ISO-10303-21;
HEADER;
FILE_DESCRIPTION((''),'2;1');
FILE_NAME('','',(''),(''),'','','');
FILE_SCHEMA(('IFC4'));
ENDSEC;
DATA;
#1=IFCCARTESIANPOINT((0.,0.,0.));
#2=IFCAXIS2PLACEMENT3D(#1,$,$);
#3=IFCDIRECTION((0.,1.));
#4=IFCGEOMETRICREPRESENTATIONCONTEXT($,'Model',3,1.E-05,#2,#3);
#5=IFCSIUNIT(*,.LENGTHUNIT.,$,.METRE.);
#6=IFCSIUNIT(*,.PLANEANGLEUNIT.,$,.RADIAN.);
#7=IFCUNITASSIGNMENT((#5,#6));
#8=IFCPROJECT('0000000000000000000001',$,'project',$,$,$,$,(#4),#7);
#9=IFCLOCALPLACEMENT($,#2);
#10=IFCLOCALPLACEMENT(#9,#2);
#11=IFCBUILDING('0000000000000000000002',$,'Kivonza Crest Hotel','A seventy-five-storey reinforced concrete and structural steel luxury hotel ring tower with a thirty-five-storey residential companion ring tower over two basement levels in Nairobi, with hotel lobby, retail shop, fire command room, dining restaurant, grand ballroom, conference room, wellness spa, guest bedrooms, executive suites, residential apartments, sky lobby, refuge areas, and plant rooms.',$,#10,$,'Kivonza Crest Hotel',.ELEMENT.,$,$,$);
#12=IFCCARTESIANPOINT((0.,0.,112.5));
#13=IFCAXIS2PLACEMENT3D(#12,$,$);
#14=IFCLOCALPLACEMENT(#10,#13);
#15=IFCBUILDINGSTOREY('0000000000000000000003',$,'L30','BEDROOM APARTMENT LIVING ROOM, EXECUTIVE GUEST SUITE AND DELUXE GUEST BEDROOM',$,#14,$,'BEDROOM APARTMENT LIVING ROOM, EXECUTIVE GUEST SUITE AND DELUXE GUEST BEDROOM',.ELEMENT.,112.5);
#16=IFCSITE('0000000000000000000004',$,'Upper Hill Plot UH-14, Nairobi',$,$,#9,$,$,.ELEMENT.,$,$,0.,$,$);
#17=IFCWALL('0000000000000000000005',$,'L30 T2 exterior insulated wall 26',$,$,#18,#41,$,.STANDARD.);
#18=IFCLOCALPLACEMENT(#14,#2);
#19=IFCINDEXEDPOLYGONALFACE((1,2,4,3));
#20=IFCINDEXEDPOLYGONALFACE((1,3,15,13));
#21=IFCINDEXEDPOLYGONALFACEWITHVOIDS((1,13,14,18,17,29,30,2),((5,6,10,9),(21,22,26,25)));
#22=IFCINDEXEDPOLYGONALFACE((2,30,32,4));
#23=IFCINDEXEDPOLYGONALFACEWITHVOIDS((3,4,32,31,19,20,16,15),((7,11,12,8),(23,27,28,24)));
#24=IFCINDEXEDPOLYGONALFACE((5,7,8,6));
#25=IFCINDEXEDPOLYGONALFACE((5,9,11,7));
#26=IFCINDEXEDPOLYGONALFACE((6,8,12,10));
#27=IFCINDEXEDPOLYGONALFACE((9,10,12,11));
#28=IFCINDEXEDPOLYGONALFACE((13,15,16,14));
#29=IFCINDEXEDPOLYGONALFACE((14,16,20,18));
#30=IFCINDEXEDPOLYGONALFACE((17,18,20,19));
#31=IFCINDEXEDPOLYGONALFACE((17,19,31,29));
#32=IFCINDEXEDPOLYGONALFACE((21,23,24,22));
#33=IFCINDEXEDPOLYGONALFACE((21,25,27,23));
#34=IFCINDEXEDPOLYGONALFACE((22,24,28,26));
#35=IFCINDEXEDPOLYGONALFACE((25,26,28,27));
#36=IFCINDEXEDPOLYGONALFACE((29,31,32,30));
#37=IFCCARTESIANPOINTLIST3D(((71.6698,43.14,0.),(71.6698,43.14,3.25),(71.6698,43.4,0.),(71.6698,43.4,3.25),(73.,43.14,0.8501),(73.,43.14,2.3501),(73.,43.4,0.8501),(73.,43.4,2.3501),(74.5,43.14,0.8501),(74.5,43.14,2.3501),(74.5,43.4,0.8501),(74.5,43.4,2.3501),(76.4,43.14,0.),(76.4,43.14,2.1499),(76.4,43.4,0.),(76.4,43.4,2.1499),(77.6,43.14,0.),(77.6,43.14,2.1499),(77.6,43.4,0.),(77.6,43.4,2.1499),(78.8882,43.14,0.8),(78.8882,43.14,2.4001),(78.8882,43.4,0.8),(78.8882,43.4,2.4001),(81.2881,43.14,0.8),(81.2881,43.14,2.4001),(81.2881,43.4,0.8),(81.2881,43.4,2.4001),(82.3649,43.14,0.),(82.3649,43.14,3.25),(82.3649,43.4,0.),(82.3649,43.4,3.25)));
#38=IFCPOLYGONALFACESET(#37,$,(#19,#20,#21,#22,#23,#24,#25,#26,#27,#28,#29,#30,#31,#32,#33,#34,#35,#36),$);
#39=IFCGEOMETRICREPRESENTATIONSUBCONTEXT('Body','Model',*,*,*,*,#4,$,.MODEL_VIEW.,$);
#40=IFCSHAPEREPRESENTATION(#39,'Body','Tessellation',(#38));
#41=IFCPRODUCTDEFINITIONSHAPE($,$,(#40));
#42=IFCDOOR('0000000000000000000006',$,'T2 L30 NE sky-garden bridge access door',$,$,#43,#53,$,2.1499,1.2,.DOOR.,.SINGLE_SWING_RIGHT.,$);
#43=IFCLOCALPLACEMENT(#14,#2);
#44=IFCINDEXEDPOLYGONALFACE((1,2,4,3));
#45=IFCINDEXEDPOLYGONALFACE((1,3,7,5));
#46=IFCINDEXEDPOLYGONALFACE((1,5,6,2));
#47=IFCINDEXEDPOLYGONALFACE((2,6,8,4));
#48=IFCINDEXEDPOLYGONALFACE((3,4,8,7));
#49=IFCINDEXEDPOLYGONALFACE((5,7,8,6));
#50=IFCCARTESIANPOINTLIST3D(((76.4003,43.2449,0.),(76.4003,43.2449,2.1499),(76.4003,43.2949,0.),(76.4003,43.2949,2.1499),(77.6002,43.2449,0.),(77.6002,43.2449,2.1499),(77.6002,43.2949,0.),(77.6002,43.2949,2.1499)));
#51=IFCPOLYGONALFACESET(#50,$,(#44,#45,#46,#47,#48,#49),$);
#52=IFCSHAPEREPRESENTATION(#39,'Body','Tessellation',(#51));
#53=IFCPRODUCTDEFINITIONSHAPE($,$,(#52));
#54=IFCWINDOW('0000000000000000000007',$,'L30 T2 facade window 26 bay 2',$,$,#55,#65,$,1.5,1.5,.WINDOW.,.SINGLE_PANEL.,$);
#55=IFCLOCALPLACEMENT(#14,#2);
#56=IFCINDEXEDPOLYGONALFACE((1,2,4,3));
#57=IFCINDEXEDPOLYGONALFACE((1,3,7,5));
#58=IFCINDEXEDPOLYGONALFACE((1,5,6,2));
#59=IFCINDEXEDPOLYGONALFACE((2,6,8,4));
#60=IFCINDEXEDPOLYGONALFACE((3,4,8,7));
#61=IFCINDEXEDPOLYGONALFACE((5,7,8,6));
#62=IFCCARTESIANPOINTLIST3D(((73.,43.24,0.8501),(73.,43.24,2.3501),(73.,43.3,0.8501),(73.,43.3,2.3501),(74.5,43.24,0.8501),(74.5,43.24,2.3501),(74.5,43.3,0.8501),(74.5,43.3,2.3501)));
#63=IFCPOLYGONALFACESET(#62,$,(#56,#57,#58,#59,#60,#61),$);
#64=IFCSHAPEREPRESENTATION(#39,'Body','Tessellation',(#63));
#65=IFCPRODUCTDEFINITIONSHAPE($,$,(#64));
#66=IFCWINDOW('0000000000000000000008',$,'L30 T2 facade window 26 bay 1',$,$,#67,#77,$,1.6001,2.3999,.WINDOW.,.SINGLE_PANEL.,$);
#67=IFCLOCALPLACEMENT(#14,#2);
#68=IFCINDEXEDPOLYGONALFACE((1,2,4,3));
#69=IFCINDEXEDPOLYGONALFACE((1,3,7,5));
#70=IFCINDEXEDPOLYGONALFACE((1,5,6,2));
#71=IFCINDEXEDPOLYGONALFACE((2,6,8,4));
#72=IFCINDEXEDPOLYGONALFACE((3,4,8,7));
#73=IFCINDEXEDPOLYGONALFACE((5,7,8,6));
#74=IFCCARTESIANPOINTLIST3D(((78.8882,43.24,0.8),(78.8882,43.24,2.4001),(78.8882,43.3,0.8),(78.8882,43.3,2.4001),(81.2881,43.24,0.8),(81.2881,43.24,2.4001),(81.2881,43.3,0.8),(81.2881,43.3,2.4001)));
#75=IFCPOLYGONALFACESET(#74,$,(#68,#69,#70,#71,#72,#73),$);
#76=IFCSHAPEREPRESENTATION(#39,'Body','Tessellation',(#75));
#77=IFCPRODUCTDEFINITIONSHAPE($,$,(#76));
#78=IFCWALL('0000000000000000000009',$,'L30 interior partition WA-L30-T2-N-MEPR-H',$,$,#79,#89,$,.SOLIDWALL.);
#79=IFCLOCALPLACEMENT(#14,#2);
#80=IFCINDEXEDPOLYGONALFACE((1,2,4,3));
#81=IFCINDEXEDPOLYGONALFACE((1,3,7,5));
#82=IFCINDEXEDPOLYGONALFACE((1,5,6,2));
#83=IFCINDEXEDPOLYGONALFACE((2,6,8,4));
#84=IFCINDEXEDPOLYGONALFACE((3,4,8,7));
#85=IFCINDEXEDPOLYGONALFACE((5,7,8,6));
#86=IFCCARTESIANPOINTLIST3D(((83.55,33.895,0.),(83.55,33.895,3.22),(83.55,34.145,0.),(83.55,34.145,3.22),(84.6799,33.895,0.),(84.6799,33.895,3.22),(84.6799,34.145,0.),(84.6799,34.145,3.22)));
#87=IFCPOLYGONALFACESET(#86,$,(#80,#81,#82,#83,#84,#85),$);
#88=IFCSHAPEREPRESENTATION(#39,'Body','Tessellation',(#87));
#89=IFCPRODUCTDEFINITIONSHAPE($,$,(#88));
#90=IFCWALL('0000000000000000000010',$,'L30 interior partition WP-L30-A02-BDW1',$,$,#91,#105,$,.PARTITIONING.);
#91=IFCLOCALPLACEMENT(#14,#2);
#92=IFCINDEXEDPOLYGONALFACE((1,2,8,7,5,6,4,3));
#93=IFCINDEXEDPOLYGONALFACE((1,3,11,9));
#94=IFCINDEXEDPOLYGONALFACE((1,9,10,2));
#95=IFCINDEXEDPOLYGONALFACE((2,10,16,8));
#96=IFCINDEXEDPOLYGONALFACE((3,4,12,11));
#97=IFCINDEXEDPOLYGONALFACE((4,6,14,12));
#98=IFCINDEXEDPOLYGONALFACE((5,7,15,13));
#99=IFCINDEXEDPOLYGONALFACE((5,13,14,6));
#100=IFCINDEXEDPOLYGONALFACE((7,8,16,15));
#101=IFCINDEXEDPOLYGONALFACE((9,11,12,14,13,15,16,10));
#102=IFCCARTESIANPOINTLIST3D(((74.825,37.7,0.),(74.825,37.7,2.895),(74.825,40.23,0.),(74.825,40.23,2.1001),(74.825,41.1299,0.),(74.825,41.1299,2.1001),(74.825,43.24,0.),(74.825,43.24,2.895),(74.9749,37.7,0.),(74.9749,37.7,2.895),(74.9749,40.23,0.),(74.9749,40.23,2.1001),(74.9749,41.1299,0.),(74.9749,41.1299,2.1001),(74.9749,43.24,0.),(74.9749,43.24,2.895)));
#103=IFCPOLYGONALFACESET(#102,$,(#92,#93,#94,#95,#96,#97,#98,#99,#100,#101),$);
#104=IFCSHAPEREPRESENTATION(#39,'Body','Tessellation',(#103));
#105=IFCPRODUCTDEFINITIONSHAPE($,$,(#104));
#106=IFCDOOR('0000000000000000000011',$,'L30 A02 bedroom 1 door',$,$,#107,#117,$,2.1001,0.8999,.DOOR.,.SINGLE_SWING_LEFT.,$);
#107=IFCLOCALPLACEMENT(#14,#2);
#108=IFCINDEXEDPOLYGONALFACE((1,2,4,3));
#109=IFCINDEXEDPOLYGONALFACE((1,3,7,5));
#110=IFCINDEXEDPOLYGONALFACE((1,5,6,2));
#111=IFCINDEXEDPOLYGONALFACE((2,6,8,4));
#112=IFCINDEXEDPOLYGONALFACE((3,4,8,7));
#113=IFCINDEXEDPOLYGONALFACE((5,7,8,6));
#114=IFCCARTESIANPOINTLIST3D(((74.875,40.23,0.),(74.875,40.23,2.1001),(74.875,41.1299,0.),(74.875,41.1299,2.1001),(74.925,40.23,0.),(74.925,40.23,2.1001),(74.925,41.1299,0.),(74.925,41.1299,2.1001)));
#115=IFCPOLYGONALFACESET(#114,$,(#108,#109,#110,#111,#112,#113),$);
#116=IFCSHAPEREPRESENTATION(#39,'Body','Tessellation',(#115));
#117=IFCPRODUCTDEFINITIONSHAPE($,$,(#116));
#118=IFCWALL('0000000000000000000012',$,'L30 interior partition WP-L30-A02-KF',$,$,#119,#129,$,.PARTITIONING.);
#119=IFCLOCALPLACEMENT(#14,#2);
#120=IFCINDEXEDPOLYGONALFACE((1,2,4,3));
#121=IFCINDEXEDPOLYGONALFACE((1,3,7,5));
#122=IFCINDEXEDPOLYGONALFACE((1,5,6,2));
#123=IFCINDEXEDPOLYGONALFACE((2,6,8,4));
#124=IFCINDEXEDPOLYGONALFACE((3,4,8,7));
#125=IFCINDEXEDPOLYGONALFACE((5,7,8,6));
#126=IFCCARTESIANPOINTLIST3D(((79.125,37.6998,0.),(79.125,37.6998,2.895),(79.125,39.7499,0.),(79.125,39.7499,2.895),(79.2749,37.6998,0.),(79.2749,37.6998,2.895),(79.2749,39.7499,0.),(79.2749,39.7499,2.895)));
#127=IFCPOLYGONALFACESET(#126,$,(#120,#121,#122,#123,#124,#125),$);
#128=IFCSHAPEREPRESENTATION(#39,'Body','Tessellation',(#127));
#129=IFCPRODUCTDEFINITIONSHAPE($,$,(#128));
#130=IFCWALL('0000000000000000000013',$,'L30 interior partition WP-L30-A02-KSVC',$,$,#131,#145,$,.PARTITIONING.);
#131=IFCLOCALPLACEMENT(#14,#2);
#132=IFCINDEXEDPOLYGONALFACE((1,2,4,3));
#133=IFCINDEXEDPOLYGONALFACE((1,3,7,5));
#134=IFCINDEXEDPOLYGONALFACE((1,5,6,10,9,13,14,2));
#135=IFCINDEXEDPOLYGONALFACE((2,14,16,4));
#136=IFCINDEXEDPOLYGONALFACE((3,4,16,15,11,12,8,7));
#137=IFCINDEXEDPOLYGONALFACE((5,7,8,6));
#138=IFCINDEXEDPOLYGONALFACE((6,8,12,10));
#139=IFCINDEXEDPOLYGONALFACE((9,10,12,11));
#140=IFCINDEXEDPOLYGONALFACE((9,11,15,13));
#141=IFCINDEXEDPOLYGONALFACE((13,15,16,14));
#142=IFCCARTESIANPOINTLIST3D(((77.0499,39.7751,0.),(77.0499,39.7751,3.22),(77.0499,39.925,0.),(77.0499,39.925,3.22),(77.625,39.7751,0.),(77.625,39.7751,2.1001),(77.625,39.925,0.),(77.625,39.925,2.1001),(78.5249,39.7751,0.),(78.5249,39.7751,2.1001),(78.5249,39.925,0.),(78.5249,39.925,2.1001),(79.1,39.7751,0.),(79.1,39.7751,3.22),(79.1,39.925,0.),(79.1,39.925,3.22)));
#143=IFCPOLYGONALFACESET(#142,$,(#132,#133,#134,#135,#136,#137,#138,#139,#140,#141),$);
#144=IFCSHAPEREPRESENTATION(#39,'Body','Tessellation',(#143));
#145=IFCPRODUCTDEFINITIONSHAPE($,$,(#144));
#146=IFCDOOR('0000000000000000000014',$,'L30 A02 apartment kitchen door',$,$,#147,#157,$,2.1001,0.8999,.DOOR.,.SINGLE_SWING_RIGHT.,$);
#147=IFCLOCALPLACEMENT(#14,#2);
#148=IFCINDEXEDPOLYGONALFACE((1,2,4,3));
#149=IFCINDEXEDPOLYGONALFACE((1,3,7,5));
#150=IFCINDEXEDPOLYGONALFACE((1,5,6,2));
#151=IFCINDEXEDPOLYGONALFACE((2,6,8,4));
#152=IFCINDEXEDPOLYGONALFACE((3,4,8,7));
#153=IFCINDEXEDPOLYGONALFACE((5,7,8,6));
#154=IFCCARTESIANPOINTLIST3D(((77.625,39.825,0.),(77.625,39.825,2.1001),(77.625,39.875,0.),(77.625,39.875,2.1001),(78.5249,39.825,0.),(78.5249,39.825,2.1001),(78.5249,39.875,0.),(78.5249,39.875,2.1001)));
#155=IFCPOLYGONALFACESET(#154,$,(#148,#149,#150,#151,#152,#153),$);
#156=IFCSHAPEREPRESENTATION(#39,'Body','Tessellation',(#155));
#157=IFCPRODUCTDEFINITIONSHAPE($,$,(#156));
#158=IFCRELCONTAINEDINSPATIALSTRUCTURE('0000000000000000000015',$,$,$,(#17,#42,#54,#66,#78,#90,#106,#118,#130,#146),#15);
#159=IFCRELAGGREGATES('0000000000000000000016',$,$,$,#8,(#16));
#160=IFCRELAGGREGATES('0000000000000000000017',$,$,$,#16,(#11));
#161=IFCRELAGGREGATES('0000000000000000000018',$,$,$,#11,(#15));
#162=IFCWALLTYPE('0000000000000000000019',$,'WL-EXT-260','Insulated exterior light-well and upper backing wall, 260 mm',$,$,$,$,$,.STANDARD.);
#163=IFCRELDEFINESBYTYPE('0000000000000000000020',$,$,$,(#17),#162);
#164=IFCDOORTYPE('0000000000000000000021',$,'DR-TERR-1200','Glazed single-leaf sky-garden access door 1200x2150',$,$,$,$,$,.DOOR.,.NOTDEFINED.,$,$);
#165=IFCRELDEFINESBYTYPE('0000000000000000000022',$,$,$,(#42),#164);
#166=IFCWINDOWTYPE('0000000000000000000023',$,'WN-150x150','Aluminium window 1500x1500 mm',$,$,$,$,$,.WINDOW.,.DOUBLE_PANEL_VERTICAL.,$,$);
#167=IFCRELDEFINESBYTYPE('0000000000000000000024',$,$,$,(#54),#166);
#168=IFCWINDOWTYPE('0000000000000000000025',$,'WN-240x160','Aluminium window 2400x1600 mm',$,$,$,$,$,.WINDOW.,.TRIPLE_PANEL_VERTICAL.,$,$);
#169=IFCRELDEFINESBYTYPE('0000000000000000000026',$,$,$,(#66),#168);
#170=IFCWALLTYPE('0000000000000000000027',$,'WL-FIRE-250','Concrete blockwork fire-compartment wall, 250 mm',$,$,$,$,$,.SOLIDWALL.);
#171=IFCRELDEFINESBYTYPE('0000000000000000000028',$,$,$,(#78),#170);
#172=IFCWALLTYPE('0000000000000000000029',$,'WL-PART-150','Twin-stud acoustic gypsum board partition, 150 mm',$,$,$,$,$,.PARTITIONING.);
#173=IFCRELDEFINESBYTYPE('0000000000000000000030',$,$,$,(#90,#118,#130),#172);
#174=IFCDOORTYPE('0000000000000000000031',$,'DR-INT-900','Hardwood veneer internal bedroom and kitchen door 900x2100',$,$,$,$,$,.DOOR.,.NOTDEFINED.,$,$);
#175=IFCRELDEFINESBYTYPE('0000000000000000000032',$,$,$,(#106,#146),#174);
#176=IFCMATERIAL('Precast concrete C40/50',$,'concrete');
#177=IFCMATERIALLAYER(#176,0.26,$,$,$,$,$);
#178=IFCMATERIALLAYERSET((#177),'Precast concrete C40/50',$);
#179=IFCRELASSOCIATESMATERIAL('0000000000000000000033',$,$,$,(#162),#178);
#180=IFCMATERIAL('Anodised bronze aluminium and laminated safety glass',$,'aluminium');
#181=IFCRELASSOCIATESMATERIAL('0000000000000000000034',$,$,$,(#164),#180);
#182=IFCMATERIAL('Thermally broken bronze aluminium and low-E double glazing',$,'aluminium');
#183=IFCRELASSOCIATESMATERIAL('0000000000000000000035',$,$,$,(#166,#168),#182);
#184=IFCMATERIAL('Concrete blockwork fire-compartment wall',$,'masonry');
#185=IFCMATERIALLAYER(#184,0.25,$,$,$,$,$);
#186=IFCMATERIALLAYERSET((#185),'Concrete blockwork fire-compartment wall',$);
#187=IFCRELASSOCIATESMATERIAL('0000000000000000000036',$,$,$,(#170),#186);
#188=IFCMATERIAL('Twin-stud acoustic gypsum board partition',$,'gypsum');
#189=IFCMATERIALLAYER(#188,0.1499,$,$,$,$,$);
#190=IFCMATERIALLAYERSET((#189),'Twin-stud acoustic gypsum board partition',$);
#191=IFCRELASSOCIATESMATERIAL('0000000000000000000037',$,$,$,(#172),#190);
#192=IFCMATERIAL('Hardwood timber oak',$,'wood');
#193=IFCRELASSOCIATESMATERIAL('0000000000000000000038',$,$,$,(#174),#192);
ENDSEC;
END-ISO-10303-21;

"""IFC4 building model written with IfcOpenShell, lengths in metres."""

from ifc_helpers import new_model, si_unit, direction, frame, frame_2d, origin, place, context, subcontext, project, spatial, rectangle, extrude, material, layer, layer_set, type_object, element, fill, save


model = new_model("IFC4")

# Units and contexts
model_context = context("Model", 3, precision=1e-05, world=origin(), true_north=direction((0.0, 1.0)))
body_context = subcontext(model_context, "Body", "Model", "MODEL_VIEW")
ifc_project = project(units=[si_unit("LENGTHUNIT", "METRE"), si_unit("PLANEANGLEUNIT", "RADIAN")], contexts=[model_context])

# Site, building, storey
site_placement = place(None, origin())
site = spatial("IfcSite", under=ifc_project, at=site_placement, Name="Upper Hill Plot UH-14, Nairobi", CompositionType="ELEMENT", RefElevation=0.0)
building_placement = place(site_placement, origin())
building = spatial("IfcBuilding", under=site, at=building_placement, Name="Kivonza Crest Hotel", Description="A seventy-five-storey reinforced concrete and structural steel luxury hotel ring tower with a thirty-five-storey residential companion ring tower over two basement levels in Nairobi, with hotel lobby, retail shop, fire command room, dining restaurant, grand ballroom, conference room, wellness spa, guest bedrooms, executive suites, residential apartments, sky lobby, refuge areas, and plant rooms.", LongName="Kivonza Crest Hotel", CompositionType="ELEMENT")
storey_placement = place(building_placement, frame((0.0, 0.0, 112.5)))
storey = spatial("IfcBuildingStorey", under=building, at=storey_placement, Name="L30", Description="BEDROOM APARTMENT LIVING ROOM, EXECUTIVE GUEST SUITE AND DELUXE GUEST BEDROOM", LongName="BEDROOM APARTMENT LIVING ROOM, EXECUTIVE GUEST SUITE AND DELUXE GUEST BEDROOM", CompositionType="ELEMENT", Elevation=112.5)

# Shared definitions
ifc_material_1 = material(Name="Hardwood timber oak", Category="wood")

# Wall, openings, door, windows
ifc_material_2 = material(Name="Precast concrete C40/50", Category="concrete")
ifc_layer_1 = layer(ifc_material_2, 0.26)
ifc_layer_set_1 = layer_set([ifc_layer_1], Name="Precast concrete C40/50")
wall_type_1 = type_object("IfcWallType", Name="WL-EXT-260", Description="Insulated exterior light-well and upper backing wall, 260 mm", PredefinedType="STANDARD", material=ifc_layer_set_1)
wall_1_placement = place(storey_placement, frame((82.365, 43.27, 0.0), z_axis=(0.0, 0.0, 1.0), x_axis=(-1.0, 0.0, 0.0)))
wall_1 = element("IfcWall", 1, at=wall_1_placement, inside=storey, type_object=wall_type_1, Name="L30 T2 exterior insulated wall 26", PredefinedType="STANDARD", context=body_context, shape_type="SweptSolid", body=[
    extrude(rectangle(XDim=10.6951, YDim=0.26, at=frame_2d((5.3477, 0.0))), origin(), (0.0, 0.0, 1.0), 3.25),
])
opening_1_placement = place(wall_1_placement, frame((4.7649, 0.0, 0.0)))
opening_1 = element("IfcOpeningElement", 2, at=opening_1_placement, cuts=wall_1, PredefinedType="OPENING", context=body_context, shape_type="SweptSolid", body=[
    extrude(rectangle(XDim=1.2, YDim=2.1499, at=frame_2d((0.6001, 1.075))), frame((0.0, 0.1401, 0.0), z_axis=(0.0, -1.0, 0.0), x_axis=(1.0, 0.0, 0.0)), (0.0, 0.0, 1.0), 0.28),
])
opening_2_placement = place(wall_1_placement, frame((1.0769, 0.0, 0.8)))
opening_2 = element("IfcOpeningElement", 3, at=opening_2_placement, cuts=wall_1, PredefinedType="OPENING", context=body_context, shape_type="SweptSolid", body=[
    extrude(rectangle(XDim=2.3999, YDim=1.6001, at=frame_2d((1.2, 0.8))), frame((0.0, 0.1401, 0.0), z_axis=(0.0, -1.0, 0.0), x_axis=(1.0, 0.0, 0.0)), (0.0, 0.0, 1.0), 0.28),
])
opening_3_placement = place(wall_1_placement, frame((7.865, 0.0, 0.8501)))
opening_3 = element("IfcOpeningElement", 4, at=opening_3_placement, cuts=wall_1, PredefinedType="OPENING", context=body_context, shape_type="SweptSolid", body=[
    extrude(rectangle(XDim=1.5, YDim=1.5, at=frame_2d((0.75, 0.75))), frame((0.0, 0.1401, 0.0), z_axis=(0.0, -1.0, 0.0), x_axis=(1.0, 0.0, 0.0)), (0.0, 0.0, 1.0), 0.28),
])
ifc_material_3 = material(Name="Anodised bronze aluminium and laminated safety glass", Category="aluminium")
door_type_1 = type_object("IfcDoorType", Name="DR-TERR-1200", Description="Glazed single-leaf sky-garden access door 1200x2150", OperationType="NOTDEFINED", PredefinedType="DOOR", material=ifc_material_3)
door_1_placement = place(opening_1_placement, frame((1.2, 0.0, 0.0), z_axis=(0.0, 0.0, 1.0), x_axis=(-1.0, 0.0, 0.0)))
door_1 = element("IfcDoor", 5, at=door_1_placement, inside=storey, type_object=door_type_1, Name="T2 L30 NE sky-garden bridge access door", OperationType="SINGLE_SWING_RIGHT", OverallHeight=2.1499, OverallWidth=1.2, PredefinedType="DOOR", context=body_context, shape_type="SweptSolid", body=[
    extrude(rectangle(XDim=1.2, YDim=2.1499, at=frame_2d((0.6001, 1.075))), frame((0.0, 0.0249, 0.0), z_axis=(0.0, -1.0, 0.0), x_axis=(1.0, 0.0, 0.0)), (0.0, 0.0, 1.0), 0.05),
])
fill(opening_1, door_1)
ifc_material_4 = material(Name="Thermally broken bronze aluminium and low-E double glazing", Category="aluminium")
window_type_1 = type_object("IfcWindowType", Name="WN-150x150", Description="Aluminium window 1500x1500 mm", PartitioningType="DOUBLE_PANEL_VERTICAL", PredefinedType="WINDOW", material=ifc_material_4)
window_1_placement = place(opening_3_placement, origin())
window_1 = element("IfcWindow", 6, at=window_1_placement, inside=storey, type_object=window_type_1, Name="L30 T2 facade window 26 bay 2", OverallHeight=1.5, OverallWidth=1.5, PartitioningType="SINGLE_PANEL", PredefinedType="WINDOW", context=body_context, shape_type="SweptSolid", body=[
    extrude(rectangle(XDim=1.5, YDim=1.5, at=frame_2d((0.75, 0.75))), frame((0.0, 0.03, 0.0), z_axis=(0.0, -1.0, 0.0), x_axis=(1.0, 0.0, 0.0)), (0.0, 0.0, 1.0), 0.0601),
])
fill(opening_3, window_1)
window_type_2 = type_object("IfcWindowType", Name="WN-240x160", Description="Aluminium window 2400x1600 mm", PartitioningType="TRIPLE_PANEL_VERTICAL", PredefinedType="WINDOW", material=ifc_material_4)
window_2_placement = place(opening_2_placement, origin())
window_2 = element("IfcWindow", 7, at=window_2_placement, inside=storey, type_object=window_type_2, Name="L30 T2 facade window 26 bay 1", OverallHeight=1.6001, OverallWidth=2.3999, PartitioningType="SINGLE_PANEL", PredefinedType="WINDOW", context=body_context, shape_type="SweptSolid", body=[
    extrude(rectangle(XDim=2.3999, YDim=1.6001, at=frame_2d((1.2, 0.8))), frame((0.0, 0.03, 0.0), z_axis=(0.0, -1.0, 0.0), x_axis=(1.0, 0.0, 0.0)), (0.0, 0.0, 1.0), 0.0601),
])
fill(opening_2, window_2)

# Wall
ifc_material_5 = material(Name="Concrete blockwork fire-compartment wall", Category="masonry")
ifc_layer_2 = layer(ifc_material_5, 0.25)
ifc_layer_set_2 = layer_set([ifc_layer_2], Name="Concrete blockwork fire-compartment wall")
wall_type_2 = type_object("IfcWallType", Name="WL-FIRE-250", Description="Concrete blockwork fire-compartment wall, 250 mm", PredefinedType="SOLIDWALL", material=ifc_layer_set_2)
wall_2_placement = place(storey_placement, frame((83.55, 34.02, 0.0), z_axis=(0.0, 0.0, 1.0), x_axis=(1.0, 0.0, 0.0)))
element("IfcWall", 8, at=wall_2_placement, inside=storey, type_object=wall_type_2, Name="L30 interior partition WA-L30-T2-N-MEPR-H", PredefinedType="SOLIDWALL", context=body_context, shape_type="SweptSolid", body=[
    extrude(rectangle(XDim=1.1299, YDim=0.25, at=frame_2d((0.5649, 0.0))), origin(), (0.0, 0.0, 1.0), 3.22),
])

# Wall, opening, door
ifc_material_6 = material(Name="Twin-stud acoustic gypsum board partition", Category="gypsum")
ifc_layer_3 = layer(ifc_material_6, 0.1499)
ifc_layer_set_3 = layer_set([ifc_layer_3], Name="Twin-stud acoustic gypsum board partition")
wall_type_3 = type_object("IfcWallType", Name="WL-PART-150", Description="Twin-stud acoustic gypsum board partition, 150 mm", PredefinedType="PARTITIONING", material=ifc_layer_set_3)
wall_3_placement = place(storey_placement, frame((74.8999, 37.7, 0.0), z_axis=(0.0, 0.0, 1.0), x_axis=(0.0, 1.0, 0.0)))
wall_3 = element("IfcWall", 9, at=wall_3_placement, inside=storey, type_object=wall_type_3, Name="L30 interior partition WP-L30-A02-BDW1", PredefinedType="PARTITIONING", context=body_context, shape_type="SweptSolid", body=[
    extrude(rectangle(XDim=5.54, YDim=0.1499, at=frame_2d((2.77, 0.0))), origin(), (0.0, 0.0, 1.0), 2.895),
])
opening_4_placement = place(wall_3_placement, frame((2.53, 0.0, 0.0)))
opening_4 = element("IfcOpeningElement", 10, at=opening_4_placement, cuts=wall_3, PredefinedType="OPENING", context=body_context, shape_type="SweptSolid", body=[
    extrude(rectangle(XDim=0.8999, YDim=2.1001, at=frame_2d((0.45, 1.05))), frame((0.0, 0.085, 0.0), z_axis=(0.0, -1.0, 0.0), x_axis=(1.0, 0.0, 0.0)), (0.0, 0.0, 1.0), 0.1699),
])
door_type_2 = type_object("IfcDoorType", Name="DR-INT-900", Description="Hardwood veneer internal bedroom and kitchen door 900x2100", OperationType="NOTDEFINED", PredefinedType="DOOR", material=ifc_material_1)
door_2_placement = place(opening_4_placement, origin())
door_2 = element("IfcDoor", 11, at=door_2_placement, inside=storey, type_object=door_type_2, Name="L30 A02 bedroom 1 door", OperationType="SINGLE_SWING_LEFT", OverallHeight=2.1001, OverallWidth=0.8999, PredefinedType="DOOR", context=body_context, shape_type="SweptSolid", body=[
    extrude(rectangle(XDim=0.8999, YDim=2.1001, at=frame_2d((0.45, 1.05))), frame((0.0, 0.0249, 0.0), z_axis=(0.0, -1.0, 0.0), x_axis=(1.0, 0.0, 0.0)), (0.0, 0.0, 1.0), 0.05),
])
fill(opening_4, door_2)

# Wall
wall_4_placement = place(storey_placement, frame((79.2, 37.7, 0.0), z_axis=(0.0, 0.0, 1.0), x_axis=(0.0, 1.0, 0.0)))
element("IfcWall", 12, at=wall_4_placement, inside=storey, type_object=wall_type_3, Name="L30 interior partition WP-L30-A02-KF", PredefinedType="PARTITIONING", context=body_context, shape_type="SweptSolid", body=[
    extrude(rectangle(XDim=2.05, YDim=0.1499, at=frame_2d((1.0249, 0.0))), origin(), (0.0, 0.0, 1.0), 2.895),
])

# Wall, opening, door
wall_5_placement = place(storey_placement, frame((77.05, 39.8501, 0.0), z_axis=(0.0, 0.0, 1.0), x_axis=(1.0, 0.0, 0.0)))
wall_5 = element("IfcWall", 13, at=wall_5_placement, inside=storey, type_object=wall_type_3, Name="L30 interior partition WP-L30-A02-KSVC", PredefinedType="PARTITIONING", context=body_context, shape_type="SweptSolid", body=[
    extrude(rectangle(XDim=2.05, YDim=0.1499, at=frame_2d((1.0249, 0.0))), origin(), (0.0, 0.0, 1.0), 3.22),
])
opening_5_placement = place(wall_5_placement, frame((0.575, 0.0, 0.0)))
opening_5 = element("IfcOpeningElement", 14, at=opening_5_placement, cuts=wall_5, PredefinedType="OPENING", context=body_context, shape_type="SweptSolid", body=[
    extrude(rectangle(XDim=0.8999, YDim=2.1001, at=frame_2d((0.45, 1.05))), frame((0.0, 0.085, 0.0), z_axis=(0.0, -1.0, 0.0), x_axis=(1.0, 0.0, 0.0)), (0.0, 0.0, 1.0), 0.1699),
])
door_3_placement = place(opening_5_placement, origin())
door_3 = element("IfcDoor", 15, at=door_3_placement, inside=storey, type_object=door_type_2, Name="L30 A02 apartment kitchen door", OperationType="SINGLE_SWING_RIGHT", OverallHeight=2.1001, OverallWidth=0.8999, PredefinedType="DOOR", context=body_context, shape_type="SweptSolid", body=[
    extrude(rectangle(XDim=0.8999, YDim=2.1001, at=frame_2d((0.45, 1.05))), frame((0.0, 0.0249, 0.0), z_axis=(0.0, -1.0, 0.0), x_axis=(1.0, 0.0, 0.0)), (0.0, 0.0, 1.0), 0.05),
])
fill(opening_5, door_3)

save(model, "model.ifc")
